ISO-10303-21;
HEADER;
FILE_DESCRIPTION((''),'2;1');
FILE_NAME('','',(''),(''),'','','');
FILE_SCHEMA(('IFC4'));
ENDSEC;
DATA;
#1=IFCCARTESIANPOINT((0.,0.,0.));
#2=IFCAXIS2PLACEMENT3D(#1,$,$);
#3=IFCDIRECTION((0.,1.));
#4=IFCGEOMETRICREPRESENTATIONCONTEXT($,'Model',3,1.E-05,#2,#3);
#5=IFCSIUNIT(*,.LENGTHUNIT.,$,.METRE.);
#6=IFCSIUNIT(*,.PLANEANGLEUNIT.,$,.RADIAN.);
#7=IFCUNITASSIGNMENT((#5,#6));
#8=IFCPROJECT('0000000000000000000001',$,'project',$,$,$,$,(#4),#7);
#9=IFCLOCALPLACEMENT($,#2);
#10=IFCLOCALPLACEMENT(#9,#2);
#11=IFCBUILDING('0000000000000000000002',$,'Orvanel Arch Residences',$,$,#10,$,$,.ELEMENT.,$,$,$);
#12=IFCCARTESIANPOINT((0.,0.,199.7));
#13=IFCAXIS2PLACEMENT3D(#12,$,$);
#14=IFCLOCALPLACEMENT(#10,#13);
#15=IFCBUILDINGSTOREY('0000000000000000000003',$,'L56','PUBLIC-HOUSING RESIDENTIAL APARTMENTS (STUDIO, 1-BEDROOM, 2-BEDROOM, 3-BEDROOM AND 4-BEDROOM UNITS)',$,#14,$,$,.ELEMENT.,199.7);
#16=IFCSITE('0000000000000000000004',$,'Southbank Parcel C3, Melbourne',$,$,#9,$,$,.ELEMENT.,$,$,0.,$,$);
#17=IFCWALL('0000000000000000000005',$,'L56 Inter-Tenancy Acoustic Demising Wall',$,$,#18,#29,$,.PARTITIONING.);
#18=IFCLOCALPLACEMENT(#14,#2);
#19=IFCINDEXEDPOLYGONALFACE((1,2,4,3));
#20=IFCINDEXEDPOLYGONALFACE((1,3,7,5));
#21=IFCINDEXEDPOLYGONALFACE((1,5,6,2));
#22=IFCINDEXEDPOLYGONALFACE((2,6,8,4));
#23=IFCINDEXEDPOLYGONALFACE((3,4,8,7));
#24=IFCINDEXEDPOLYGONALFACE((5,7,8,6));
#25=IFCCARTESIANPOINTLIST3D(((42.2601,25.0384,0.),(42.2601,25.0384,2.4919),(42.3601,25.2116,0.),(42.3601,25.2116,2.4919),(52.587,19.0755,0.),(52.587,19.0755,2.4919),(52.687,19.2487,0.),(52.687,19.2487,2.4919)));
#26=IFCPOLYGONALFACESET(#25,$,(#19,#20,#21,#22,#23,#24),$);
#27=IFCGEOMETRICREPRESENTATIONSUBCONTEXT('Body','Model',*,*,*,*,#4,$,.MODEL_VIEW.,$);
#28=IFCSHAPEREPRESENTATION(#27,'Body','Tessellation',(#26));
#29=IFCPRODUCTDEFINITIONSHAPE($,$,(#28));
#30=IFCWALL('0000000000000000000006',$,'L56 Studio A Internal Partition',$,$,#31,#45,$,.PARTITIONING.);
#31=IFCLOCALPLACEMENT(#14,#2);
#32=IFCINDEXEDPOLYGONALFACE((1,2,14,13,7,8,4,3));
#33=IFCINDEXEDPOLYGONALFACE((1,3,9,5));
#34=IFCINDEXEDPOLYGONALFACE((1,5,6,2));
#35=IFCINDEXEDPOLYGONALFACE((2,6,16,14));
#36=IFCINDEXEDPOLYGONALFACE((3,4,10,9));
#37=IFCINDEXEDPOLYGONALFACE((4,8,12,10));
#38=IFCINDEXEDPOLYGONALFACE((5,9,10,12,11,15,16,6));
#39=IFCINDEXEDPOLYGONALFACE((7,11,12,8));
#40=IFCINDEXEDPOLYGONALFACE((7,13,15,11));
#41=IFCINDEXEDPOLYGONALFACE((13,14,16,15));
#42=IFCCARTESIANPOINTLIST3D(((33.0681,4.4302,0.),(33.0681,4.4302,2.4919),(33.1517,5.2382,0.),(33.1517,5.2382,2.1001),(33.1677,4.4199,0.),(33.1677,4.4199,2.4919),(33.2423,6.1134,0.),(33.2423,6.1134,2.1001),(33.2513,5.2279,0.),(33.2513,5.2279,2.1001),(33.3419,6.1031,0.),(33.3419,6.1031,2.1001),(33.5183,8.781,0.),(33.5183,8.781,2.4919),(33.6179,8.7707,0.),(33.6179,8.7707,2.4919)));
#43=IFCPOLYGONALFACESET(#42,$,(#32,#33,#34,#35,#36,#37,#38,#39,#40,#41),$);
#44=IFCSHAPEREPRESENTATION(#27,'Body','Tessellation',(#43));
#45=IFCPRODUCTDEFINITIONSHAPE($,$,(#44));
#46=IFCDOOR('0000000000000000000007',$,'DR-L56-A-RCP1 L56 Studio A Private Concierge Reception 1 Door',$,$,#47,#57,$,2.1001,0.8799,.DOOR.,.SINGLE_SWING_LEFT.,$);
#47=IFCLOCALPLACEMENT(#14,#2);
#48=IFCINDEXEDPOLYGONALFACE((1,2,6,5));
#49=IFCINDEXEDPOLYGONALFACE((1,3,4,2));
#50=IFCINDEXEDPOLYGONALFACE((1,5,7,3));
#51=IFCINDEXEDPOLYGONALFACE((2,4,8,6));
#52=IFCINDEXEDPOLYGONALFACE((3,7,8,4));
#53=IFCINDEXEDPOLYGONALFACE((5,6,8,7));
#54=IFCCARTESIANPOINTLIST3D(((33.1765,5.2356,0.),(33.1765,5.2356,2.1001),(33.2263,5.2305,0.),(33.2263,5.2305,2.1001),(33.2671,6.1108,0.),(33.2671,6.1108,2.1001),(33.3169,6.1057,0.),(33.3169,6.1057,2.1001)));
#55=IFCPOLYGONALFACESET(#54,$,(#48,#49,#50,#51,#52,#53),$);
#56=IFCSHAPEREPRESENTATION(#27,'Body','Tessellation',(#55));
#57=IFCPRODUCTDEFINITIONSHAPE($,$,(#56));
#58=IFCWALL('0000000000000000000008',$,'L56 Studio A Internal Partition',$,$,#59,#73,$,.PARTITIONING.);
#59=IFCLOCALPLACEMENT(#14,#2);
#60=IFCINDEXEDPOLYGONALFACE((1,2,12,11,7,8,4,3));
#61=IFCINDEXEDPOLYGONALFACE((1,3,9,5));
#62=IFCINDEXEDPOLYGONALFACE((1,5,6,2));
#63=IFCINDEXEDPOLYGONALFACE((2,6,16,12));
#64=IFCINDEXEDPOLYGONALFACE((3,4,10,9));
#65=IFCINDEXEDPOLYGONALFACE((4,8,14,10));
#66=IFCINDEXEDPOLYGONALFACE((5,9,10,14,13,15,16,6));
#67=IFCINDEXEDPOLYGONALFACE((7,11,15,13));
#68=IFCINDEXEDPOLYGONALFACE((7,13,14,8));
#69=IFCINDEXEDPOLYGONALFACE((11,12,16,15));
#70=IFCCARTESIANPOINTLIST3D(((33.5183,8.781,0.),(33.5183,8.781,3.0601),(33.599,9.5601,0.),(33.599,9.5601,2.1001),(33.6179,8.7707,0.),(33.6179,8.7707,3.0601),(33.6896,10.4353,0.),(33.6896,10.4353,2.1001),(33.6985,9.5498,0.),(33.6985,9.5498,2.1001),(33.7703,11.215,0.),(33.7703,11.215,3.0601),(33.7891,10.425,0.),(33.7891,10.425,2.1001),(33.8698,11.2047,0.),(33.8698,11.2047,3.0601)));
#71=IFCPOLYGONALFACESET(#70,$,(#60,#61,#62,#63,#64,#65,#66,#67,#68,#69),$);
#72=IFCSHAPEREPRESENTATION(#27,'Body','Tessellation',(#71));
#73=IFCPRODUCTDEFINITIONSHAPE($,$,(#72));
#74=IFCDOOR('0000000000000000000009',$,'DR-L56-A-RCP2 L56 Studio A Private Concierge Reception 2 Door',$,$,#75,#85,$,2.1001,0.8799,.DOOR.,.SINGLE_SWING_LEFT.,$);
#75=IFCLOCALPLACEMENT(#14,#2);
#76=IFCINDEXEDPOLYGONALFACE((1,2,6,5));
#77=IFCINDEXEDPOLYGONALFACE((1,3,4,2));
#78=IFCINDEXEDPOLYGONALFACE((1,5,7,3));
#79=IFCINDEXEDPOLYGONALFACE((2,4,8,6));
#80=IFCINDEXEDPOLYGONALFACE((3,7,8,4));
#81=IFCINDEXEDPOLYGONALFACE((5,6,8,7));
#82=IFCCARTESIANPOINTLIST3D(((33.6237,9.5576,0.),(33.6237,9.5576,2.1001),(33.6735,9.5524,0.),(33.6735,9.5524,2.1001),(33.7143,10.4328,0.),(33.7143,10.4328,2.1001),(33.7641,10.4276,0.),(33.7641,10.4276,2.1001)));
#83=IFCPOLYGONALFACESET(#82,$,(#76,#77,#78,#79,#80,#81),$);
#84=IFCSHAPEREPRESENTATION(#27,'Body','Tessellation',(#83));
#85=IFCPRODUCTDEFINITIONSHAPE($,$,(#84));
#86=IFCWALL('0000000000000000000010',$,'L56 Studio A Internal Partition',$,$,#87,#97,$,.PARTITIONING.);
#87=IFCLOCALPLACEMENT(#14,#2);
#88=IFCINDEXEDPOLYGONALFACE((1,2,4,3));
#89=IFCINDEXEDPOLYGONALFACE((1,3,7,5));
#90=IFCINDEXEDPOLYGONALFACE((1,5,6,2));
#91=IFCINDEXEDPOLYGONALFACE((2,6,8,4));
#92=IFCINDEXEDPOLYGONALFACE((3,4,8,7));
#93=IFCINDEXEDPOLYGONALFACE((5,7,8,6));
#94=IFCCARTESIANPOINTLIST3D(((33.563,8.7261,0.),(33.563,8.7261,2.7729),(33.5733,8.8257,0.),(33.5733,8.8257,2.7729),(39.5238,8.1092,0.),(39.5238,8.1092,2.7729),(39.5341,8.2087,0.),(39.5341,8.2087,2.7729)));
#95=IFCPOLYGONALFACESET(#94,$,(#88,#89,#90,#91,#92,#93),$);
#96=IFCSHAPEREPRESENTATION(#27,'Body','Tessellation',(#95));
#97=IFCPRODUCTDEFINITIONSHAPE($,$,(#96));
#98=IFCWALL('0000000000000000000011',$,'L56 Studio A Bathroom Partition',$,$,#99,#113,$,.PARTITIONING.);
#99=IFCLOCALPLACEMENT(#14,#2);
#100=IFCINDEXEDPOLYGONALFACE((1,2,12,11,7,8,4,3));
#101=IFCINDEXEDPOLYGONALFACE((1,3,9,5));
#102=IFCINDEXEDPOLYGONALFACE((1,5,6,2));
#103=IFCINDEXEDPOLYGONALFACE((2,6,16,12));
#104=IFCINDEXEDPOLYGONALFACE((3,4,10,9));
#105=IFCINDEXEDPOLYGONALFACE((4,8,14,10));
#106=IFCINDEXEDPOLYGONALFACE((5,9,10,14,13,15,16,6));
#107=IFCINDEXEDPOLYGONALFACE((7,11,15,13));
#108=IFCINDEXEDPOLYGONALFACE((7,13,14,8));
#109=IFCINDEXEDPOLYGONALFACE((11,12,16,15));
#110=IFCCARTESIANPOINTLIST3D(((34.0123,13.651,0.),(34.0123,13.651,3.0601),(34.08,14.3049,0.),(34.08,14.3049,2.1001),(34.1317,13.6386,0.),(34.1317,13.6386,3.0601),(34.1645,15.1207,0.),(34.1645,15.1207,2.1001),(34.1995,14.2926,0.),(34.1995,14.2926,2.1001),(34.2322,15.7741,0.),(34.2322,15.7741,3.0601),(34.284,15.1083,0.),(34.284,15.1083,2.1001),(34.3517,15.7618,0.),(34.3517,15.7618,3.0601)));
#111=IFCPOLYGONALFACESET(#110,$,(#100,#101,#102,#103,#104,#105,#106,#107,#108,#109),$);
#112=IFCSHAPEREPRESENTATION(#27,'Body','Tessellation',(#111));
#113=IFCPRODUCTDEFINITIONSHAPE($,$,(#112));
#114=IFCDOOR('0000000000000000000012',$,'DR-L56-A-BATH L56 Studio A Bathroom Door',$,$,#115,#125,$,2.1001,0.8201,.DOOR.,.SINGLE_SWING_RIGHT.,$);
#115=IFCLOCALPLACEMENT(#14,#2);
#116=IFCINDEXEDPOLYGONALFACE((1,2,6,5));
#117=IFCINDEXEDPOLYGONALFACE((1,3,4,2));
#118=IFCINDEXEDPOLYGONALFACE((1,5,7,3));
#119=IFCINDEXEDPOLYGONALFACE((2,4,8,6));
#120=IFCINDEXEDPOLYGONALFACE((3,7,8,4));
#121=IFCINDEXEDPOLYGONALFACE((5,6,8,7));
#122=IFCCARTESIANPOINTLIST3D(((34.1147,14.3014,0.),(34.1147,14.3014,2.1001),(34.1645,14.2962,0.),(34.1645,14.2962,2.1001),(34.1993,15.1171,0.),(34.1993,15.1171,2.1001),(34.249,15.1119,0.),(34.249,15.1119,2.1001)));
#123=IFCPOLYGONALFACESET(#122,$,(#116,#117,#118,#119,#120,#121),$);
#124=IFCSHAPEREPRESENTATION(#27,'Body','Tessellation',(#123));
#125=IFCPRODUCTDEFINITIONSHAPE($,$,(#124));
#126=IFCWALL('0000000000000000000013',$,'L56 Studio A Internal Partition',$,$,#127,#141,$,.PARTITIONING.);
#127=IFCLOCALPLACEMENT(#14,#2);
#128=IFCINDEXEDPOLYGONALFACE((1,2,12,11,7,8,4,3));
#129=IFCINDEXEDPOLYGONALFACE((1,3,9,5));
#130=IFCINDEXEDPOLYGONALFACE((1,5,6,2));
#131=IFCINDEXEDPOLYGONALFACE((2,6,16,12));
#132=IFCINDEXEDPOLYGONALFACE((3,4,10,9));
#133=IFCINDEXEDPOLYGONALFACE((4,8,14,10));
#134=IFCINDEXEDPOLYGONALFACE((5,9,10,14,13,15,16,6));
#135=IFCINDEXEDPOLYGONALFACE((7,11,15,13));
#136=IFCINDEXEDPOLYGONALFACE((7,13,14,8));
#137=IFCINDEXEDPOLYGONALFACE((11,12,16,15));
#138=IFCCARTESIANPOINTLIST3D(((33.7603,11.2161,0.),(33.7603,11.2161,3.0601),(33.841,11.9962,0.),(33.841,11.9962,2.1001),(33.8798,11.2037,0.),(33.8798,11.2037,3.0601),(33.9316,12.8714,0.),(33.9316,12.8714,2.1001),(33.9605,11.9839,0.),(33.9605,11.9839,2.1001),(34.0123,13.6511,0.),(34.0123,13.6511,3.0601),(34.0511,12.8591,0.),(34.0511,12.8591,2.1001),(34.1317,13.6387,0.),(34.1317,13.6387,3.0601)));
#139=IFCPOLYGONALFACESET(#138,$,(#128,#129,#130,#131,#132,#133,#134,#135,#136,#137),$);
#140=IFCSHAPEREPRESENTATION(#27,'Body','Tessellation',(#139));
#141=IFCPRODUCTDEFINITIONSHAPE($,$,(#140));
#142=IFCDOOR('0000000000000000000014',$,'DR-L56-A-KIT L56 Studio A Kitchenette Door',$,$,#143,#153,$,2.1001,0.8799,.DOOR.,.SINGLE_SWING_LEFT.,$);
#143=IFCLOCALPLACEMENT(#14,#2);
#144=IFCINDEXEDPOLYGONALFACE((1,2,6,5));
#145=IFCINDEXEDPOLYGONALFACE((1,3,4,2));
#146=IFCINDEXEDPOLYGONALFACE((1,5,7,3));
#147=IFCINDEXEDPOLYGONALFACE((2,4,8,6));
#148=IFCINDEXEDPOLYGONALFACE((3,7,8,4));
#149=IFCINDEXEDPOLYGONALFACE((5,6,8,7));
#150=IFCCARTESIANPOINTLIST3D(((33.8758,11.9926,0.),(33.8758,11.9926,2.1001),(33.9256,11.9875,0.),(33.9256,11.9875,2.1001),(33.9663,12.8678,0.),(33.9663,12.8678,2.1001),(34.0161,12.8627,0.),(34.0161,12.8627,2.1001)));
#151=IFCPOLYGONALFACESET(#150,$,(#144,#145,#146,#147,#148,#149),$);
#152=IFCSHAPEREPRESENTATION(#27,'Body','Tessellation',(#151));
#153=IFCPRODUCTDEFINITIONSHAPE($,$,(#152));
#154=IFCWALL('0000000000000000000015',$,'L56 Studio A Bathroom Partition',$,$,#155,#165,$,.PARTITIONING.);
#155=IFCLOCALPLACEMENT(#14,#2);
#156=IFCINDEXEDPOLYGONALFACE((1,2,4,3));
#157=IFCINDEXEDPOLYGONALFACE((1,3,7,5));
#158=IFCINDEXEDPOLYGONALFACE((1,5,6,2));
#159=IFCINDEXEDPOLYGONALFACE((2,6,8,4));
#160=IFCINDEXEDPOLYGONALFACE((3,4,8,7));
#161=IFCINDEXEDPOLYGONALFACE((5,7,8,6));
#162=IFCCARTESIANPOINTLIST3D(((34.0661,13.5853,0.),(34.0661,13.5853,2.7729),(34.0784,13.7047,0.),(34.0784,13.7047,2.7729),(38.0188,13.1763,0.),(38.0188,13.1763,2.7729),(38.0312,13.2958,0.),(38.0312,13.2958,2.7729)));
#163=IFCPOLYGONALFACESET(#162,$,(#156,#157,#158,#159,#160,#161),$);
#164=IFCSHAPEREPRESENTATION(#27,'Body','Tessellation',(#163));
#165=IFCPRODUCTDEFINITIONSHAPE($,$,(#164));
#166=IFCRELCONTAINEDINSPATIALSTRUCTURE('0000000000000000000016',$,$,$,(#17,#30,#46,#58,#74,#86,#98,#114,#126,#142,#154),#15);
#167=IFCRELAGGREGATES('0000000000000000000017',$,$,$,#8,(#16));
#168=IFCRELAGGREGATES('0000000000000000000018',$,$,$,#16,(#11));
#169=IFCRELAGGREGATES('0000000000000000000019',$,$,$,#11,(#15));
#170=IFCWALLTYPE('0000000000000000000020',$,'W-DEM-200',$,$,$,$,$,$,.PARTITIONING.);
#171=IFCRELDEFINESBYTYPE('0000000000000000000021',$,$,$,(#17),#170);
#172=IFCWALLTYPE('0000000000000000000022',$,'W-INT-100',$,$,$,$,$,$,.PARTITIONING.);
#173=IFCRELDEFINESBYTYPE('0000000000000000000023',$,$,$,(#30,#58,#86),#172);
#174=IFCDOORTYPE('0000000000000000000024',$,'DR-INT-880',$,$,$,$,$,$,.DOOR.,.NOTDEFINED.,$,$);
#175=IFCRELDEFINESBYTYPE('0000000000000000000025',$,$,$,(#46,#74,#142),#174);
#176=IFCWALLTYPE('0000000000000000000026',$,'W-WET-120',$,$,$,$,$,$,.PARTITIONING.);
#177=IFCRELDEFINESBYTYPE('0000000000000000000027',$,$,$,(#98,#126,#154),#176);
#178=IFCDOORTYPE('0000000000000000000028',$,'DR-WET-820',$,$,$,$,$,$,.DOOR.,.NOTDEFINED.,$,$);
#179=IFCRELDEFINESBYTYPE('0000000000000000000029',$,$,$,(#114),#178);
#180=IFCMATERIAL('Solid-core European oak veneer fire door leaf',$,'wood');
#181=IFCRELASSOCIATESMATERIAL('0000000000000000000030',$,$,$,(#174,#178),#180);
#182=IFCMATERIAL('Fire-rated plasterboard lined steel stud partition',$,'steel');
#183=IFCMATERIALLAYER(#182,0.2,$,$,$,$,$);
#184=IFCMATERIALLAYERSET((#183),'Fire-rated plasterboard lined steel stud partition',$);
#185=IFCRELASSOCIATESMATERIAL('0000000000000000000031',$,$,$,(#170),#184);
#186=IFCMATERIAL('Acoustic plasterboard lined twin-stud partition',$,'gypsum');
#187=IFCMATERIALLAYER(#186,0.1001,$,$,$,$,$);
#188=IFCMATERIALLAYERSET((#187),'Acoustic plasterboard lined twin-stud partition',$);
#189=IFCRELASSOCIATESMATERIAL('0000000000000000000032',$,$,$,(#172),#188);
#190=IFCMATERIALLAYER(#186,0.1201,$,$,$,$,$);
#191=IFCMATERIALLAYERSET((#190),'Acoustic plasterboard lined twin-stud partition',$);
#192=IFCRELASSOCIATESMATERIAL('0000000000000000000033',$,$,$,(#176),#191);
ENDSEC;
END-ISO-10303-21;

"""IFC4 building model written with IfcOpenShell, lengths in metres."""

from ifc_helpers import new_model, si_unit, direction, frame, frame_2d, origin, place, context, subcontext, project, spatial, rectangle, extrude, material, layer, layer_set, type_object, element, fill, save


model = new_model("IFC4")

# Units and contexts
model_context = context("Model", 3, precision=1e-05, world=origin(), true_north=direction((0.0, 1.0)))
body_context = subcontext(model_context, "Body", "Model", "MODEL_VIEW")
ifc_project = project(units=[si_unit("LENGTHUNIT", "METRE"), si_unit("PLANEANGLEUNIT", "RADIAN")], contexts=[model_context])

# Site, building, storey
site_placement = place(None, origin())
site = spatial("IfcSite", under=ifc_project, at=site_placement, Name="Southbank Parcel C3, Melbourne", CompositionType="ELEMENT", RefElevation=0.0)
building_placement = place(site_placement, origin())
building = spatial("IfcBuilding", under=site, at=building_placement, Name="Orvanel Arch Residences", CompositionType="ELEMENT")
storey_placement = place(building_placement, frame((0.0, 0.0, 199.7)))
storey = spatial("IfcBuildingStorey", under=building, at=storey_placement, Name="L56", Description="PUBLIC-HOUSING RESIDENTIAL APARTMENTS (STUDIO, 1-BEDROOM, 2-BEDROOM, 3-BEDROOM AND 4-BEDROOM UNITS)", CompositionType="ELEMENT", Elevation=199.7)

# Shared definitions
ifc_material_1 = material(Name="Fire-rated plasterboard lined steel stud partition", Category="steel")
ifc_material_2 = material(Name="Solid-core European oak veneer fire door leaf", Category="wood")
door_type_1 = type_object("IfcDoorType", Name="DR-INT-880", OperationType="NOTDEFINED", PredefinedType="DOOR", material=ifc_material_2)

# Wall
ifc_layer_1 = layer(ifc_material_1, 0.2)
ifc_layer_set_1 = layer_set([ifc_layer_1], Name="Fire-rated plasterboard lined steel stud partition")
wall_type_1 = type_object("IfcWallType", Name="W-DEM-200", PredefinedType="PARTITIONING", material=ifc_layer_set_1)
wall_1_placement = place(storey_placement, frame((42.3101, 25.125, 0.0), z_axis=(0.0, 0.0, 1.0), x_axis=(0.866002, -0.500041, 0.0)))
element("IfcWall", 1, at=wall_1_placement, inside=storey, type_object=wall_type_1, Name="L56 Inter-Tenancy Acoustic Demising Wall", PredefinedType="PARTITIONING", context=body_context, shape_type="SweptSolid", body=[
    extrude(rectangle(XDim=11.9248, YDim=0.2, at=frame_2d((5.9624, 0.0))), origin(), (0.0, 0.0, 1.0), 2.4919),
])

# Walls, openings, doors
ifc_material_3 = material(Name="Acoustic plasterboard lined twin-stud partition", Category="gypsum")
ifc_layer_2 = layer(ifc_material_3, 0.1001)
ifc_layer_set_2 = layer_set([ifc_layer_2], Name="Acoustic plasterboard lined twin-stud partition")
wall_type_2 = type_object("IfcWallType", Name="W-INT-100", PredefinedType="PARTITIONING", material=ifc_layer_set_2)
wall_2_placement = place(storey_placement, frame((33.5681, 8.7759, 0.0), z_axis=(0.0, 0.0, 1.0), x_axis=(-0.102924, -0.994689, 0.0)))
wall_2 = element("IfcWall", 2, at=wall_2_placement, inside=storey, type_object=wall_type_2, Name="L56 Studio A Internal Partition", PredefinedType="PARTITIONING", context=body_context, shape_type="SweptSolid", body=[
    extrude(rectangle(XDim=4.374, YDim=0.1001, at=frame_2d((2.187, 0.0))), origin(), (0.0, 0.0, 1.0), 2.4919),
])
opening_1_placement = place(wall_2_placement, frame((2.6819, 0.0, 0.0)))
opening_1 = element("IfcOpeningElement", 3, at=opening_1_placement, cuts=wall_2, PredefinedType="OPENING", context=body_context, shape_type="SweptSolid", body=[
    extrude(rectangle(XDim=0.8799, YDim=2.1001, at=frame_2d((0.4399, 1.05))), frame((0.0, 0.0601, 0.0), z_axis=(0.0, -1.0, 0.0), x_axis=(1.0, 0.0, 0.0)), (0.0, 0.0, 1.0), 0.1201),
])
door_1_placement = place(opening_1_placement, origin())
door_1 = element("IfcDoor", 4, at=door_1_placement, inside=storey, type_object=door_type_1, Name="DR-L56-A-RCP1 L56 Studio A Private Concierge Reception 1 Door", OperationType="SINGLE_SWING_LEFT", OverallHeight=2.1001, OverallWidth=0.8799, PredefinedType="DOOR", context=body_context, shape_type="SweptSolid", body=[
    extrude(rectangle(XDim=0.8799, YDim=2.1001, at=frame_2d((0.4399, 1.05))), frame((0.0, 0.0249, 0.0), z_axis=(0.0, -1.0, 0.0), x_axis=(1.0, 0.0, 0.0)), (0.0, 0.0, 1.0), 0.05),
])
fill(opening_1, door_1)
wall_3_placement = place(storey_placement, frame((33.8201, 11.21, 0.0), z_axis=(0.0, 0.0, 1.0), x_axis=(-0.10296, -0.994685, 0.0)))
wall_3 = element("IfcWall", 5, at=wall_3_placement, inside=storey, type_object=wall_type_2, Name="L56 Studio A Internal Partition", PredefinedType="PARTITIONING", context=body_context, shape_type="SweptSolid", body=[
    extrude(rectangle(XDim=2.447, YDim=0.1001, at=frame_2d((1.2236, 0.0))), origin(), (0.0, 0.0, 1.0), 3.0601),
])
opening_2_placement = place(wall_3_placement, frame((0.7839, 0.0, 0.0)))
opening_2 = element("IfcOpeningElement", 6, at=opening_2_placement, cuts=wall_3, PredefinedType="OPENING", context=body_context, shape_type="SweptSolid", body=[
    extrude(rectangle(XDim=0.8799, YDim=2.1001, at=frame_2d((0.4399, 1.05))), frame((0.0, 0.0601, 0.0), z_axis=(0.0, -1.0, 0.0), x_axis=(1.0, 0.0, 0.0)), (0.0, 0.0, 1.0), 0.1201),
])
door_2_placement = place(opening_2_placement, origin())
door_2 = element("IfcDoor", 7, at=door_2_placement, inside=storey, type_object=door_type_1, Name="DR-L56-A-RCP2 L56 Studio A Private Concierge Reception 2 Door", OperationType="SINGLE_SWING_LEFT", OverallHeight=2.1001, OverallWidth=0.8799, PredefinedType="DOOR", context=body_context, shape_type="SweptSolid", body=[
    extrude(rectangle(XDim=0.8799, YDim=2.1001, at=frame_2d((0.4399, 1.05))), frame((0.0, 0.0249, 0.0), z_axis=(0.0, -1.0, 0.0), x_axis=(1.0, 0.0, 0.0)), (0.0, 0.0, 1.0), 0.05),
])
fill(opening_2, door_2)

# Wall
wall_4_placement = place(storey_placement, frame((33.5681, 8.7759, 0.0), z_axis=(0.0, 0.0, 1.0), x_axis=(0.994687, -0.102948, 0.0)))
element("IfcWall", 8, at=wall_4_placement, inside=storey, type_object=wall_type_2, Name="L56 Studio A Internal Partition", PredefinedType="PARTITIONING", context=body_context, shape_type="SweptSolid", body=[
    extrude(rectangle(XDim=5.9927, YDim=0.1001, at=frame_2d((2.9963, 0.0))), origin(), (0.0, 0.0, 1.0), 2.7729),
])

# Walls, openings, doors
ifc_layer_3 = layer(ifc_material_3, 0.1201)
ifc_layer_set_3 = layer_set([ifc_layer_3], Name="Acoustic plasterboard lined twin-stud partition")
wall_type_3 = type_object("IfcWallType", Name="W-WET-120", PredefinedType="PARTITIONING", material=ifc_layer_set_3)
wall_5_placement = place(storey_placement, frame((34.292, 15.7681, 0.0), z_axis=(0.0, 0.0, 1.0), x_axis=(-0.103059, -0.994675, 0.0)))
wall_5 = element("IfcWall", 9, at=wall_5_placement, inside=storey, type_object=wall_type_3, Name="L56 Studio A Bathroom Partition", PredefinedType="PARTITIONING", context=body_context, shape_type="SweptSolid", body=[
    extrude(rectangle(XDim=2.1345, YDim=0.1201, at=frame_2d((1.0674, 0.0))), origin(), (0.0, 0.0, 1.0), 3.0601),
])
opening_3_placement = place(wall_5_placement, frame((0.657, 0.0, 0.0)))
opening_3 = element("IfcOpeningElement", 10, at=opening_3_placement, cuts=wall_5, PredefinedType="OPENING", context=body_context, shape_type="SweptSolid", body=[
    extrude(rectangle(XDim=0.8201, YDim=2.1001, at=frame_2d((0.4102, 1.05))), frame((0.0, 0.0701, 0.0), z_axis=(0.0, -1.0, 0.0), x_axis=(1.0, 0.0, 0.0)), (0.0, 0.0, 1.0), 0.1401),
])
door_type_2 = type_object("IfcDoorType", Name="DR-WET-820", OperationType="NOTDEFINED", PredefinedType="DOOR", material=ifc_material_2)
door_3_placement = place(opening_3_placement, origin())
door_3 = element("IfcDoor", 11, at=door_3_placement, inside=storey, type_object=door_type_2, Name="DR-L56-A-BATH L56 Studio A Bathroom Door", OperationType="SINGLE_SWING_RIGHT", OverallHeight=2.1001, OverallWidth=0.8201, PredefinedType="DOOR", context=body_context, shape_type="SweptSolid", body=[
    extrude(rectangle(XDim=0.8201, YDim=2.1001, at=frame_2d((0.4102, 1.05))), frame((0.0, 0.0249, 0.0), z_axis=(0.0, -1.0, 0.0), x_axis=(1.0, 0.0, 0.0)), (0.0, 0.0, 1.0), 0.05),
])
fill(opening_3, door_3)
wall_6_placement = place(storey_placement, frame((34.072, 13.645, 0.0), z_axis=(0.0, 0.0, 1.0), x_axis=(-0.10292, -0.99469, 0.0)))
wall_6 = element("IfcWall", 12, at=wall_6_placement, inside=storey, type_object=wall_type_3, Name="L56 Studio A Internal Partition", PredefinedType="PARTITIONING", context=body_context, shape_type="SweptSolid", body=[
    extrude(rectangle(XDim=2.448, YDim=0.1201, at=frame_2d((1.2241, 0.0))), origin(), (0.0, 0.0, 1.0), 3.0601),
])
opening_4_placement = place(wall_6_placement, frame((0.7839, 0.0, 0.0)))
opening_4 = element("IfcOpeningElement", 13, at=opening_4_placement, cuts=wall_6, PredefinedType="OPENING", context=body_context, shape_type="SweptSolid", body=[
    extrude(rectangle(XDim=0.8799, YDim=2.1001, at=frame_2d((0.4399, 1.05))), frame((0.0, 0.0701, 0.0), z_axis=(0.0, -1.0, 0.0), x_axis=(1.0, 0.0, 0.0)), (0.0, 0.0, 1.0), 0.1401),
])
door_4_placement = place(opening_4_placement, origin())
door_4 = element("IfcDoor", 14, at=door_4_placement, inside=storey, type_object=door_type_1, Name="DR-L56-A-KIT L56 Studio A Kitchenette Door", OperationType="SINGLE_SWING_LEFT", OverallHeight=2.1001, OverallWidth=0.8799, PredefinedType="DOOR", context=body_context, shape_type="SweptSolid", body=[
    extrude(rectangle(XDim=0.8799, YDim=2.1001, at=frame_2d((0.4399, 1.05))), frame((0.0, 0.0249, 0.0), z_axis=(0.0, -1.0, 0.0), x_axis=(1.0, 0.0, 0.0)), (0.0, 0.0, 1.0), 0.05),
])
fill(opening_4, door_4)

# Wall
wall_7_placement = place(storey_placement, frame((38.0249, 13.2361, 0.0), z_axis=(0.0, 0.0, 1.0), x_axis=(-0.994691, 0.102903, 0.0)))
element("IfcWall", 15, at=wall_7_placement, inside=storey, type_object=wall_type_3, Name="L56 Studio A Bathroom Partition", PredefinedType="PARTITIONING", context=body_context, shape_type="SweptSolid", body=[
    extrude(rectangle(XDim=3.9739, YDim=0.1201, at=frame_2d((1.9868, 0.0))), origin(), (0.0, 0.0, 1.0), 2.7729),
])

save(model, "model.ifc")
